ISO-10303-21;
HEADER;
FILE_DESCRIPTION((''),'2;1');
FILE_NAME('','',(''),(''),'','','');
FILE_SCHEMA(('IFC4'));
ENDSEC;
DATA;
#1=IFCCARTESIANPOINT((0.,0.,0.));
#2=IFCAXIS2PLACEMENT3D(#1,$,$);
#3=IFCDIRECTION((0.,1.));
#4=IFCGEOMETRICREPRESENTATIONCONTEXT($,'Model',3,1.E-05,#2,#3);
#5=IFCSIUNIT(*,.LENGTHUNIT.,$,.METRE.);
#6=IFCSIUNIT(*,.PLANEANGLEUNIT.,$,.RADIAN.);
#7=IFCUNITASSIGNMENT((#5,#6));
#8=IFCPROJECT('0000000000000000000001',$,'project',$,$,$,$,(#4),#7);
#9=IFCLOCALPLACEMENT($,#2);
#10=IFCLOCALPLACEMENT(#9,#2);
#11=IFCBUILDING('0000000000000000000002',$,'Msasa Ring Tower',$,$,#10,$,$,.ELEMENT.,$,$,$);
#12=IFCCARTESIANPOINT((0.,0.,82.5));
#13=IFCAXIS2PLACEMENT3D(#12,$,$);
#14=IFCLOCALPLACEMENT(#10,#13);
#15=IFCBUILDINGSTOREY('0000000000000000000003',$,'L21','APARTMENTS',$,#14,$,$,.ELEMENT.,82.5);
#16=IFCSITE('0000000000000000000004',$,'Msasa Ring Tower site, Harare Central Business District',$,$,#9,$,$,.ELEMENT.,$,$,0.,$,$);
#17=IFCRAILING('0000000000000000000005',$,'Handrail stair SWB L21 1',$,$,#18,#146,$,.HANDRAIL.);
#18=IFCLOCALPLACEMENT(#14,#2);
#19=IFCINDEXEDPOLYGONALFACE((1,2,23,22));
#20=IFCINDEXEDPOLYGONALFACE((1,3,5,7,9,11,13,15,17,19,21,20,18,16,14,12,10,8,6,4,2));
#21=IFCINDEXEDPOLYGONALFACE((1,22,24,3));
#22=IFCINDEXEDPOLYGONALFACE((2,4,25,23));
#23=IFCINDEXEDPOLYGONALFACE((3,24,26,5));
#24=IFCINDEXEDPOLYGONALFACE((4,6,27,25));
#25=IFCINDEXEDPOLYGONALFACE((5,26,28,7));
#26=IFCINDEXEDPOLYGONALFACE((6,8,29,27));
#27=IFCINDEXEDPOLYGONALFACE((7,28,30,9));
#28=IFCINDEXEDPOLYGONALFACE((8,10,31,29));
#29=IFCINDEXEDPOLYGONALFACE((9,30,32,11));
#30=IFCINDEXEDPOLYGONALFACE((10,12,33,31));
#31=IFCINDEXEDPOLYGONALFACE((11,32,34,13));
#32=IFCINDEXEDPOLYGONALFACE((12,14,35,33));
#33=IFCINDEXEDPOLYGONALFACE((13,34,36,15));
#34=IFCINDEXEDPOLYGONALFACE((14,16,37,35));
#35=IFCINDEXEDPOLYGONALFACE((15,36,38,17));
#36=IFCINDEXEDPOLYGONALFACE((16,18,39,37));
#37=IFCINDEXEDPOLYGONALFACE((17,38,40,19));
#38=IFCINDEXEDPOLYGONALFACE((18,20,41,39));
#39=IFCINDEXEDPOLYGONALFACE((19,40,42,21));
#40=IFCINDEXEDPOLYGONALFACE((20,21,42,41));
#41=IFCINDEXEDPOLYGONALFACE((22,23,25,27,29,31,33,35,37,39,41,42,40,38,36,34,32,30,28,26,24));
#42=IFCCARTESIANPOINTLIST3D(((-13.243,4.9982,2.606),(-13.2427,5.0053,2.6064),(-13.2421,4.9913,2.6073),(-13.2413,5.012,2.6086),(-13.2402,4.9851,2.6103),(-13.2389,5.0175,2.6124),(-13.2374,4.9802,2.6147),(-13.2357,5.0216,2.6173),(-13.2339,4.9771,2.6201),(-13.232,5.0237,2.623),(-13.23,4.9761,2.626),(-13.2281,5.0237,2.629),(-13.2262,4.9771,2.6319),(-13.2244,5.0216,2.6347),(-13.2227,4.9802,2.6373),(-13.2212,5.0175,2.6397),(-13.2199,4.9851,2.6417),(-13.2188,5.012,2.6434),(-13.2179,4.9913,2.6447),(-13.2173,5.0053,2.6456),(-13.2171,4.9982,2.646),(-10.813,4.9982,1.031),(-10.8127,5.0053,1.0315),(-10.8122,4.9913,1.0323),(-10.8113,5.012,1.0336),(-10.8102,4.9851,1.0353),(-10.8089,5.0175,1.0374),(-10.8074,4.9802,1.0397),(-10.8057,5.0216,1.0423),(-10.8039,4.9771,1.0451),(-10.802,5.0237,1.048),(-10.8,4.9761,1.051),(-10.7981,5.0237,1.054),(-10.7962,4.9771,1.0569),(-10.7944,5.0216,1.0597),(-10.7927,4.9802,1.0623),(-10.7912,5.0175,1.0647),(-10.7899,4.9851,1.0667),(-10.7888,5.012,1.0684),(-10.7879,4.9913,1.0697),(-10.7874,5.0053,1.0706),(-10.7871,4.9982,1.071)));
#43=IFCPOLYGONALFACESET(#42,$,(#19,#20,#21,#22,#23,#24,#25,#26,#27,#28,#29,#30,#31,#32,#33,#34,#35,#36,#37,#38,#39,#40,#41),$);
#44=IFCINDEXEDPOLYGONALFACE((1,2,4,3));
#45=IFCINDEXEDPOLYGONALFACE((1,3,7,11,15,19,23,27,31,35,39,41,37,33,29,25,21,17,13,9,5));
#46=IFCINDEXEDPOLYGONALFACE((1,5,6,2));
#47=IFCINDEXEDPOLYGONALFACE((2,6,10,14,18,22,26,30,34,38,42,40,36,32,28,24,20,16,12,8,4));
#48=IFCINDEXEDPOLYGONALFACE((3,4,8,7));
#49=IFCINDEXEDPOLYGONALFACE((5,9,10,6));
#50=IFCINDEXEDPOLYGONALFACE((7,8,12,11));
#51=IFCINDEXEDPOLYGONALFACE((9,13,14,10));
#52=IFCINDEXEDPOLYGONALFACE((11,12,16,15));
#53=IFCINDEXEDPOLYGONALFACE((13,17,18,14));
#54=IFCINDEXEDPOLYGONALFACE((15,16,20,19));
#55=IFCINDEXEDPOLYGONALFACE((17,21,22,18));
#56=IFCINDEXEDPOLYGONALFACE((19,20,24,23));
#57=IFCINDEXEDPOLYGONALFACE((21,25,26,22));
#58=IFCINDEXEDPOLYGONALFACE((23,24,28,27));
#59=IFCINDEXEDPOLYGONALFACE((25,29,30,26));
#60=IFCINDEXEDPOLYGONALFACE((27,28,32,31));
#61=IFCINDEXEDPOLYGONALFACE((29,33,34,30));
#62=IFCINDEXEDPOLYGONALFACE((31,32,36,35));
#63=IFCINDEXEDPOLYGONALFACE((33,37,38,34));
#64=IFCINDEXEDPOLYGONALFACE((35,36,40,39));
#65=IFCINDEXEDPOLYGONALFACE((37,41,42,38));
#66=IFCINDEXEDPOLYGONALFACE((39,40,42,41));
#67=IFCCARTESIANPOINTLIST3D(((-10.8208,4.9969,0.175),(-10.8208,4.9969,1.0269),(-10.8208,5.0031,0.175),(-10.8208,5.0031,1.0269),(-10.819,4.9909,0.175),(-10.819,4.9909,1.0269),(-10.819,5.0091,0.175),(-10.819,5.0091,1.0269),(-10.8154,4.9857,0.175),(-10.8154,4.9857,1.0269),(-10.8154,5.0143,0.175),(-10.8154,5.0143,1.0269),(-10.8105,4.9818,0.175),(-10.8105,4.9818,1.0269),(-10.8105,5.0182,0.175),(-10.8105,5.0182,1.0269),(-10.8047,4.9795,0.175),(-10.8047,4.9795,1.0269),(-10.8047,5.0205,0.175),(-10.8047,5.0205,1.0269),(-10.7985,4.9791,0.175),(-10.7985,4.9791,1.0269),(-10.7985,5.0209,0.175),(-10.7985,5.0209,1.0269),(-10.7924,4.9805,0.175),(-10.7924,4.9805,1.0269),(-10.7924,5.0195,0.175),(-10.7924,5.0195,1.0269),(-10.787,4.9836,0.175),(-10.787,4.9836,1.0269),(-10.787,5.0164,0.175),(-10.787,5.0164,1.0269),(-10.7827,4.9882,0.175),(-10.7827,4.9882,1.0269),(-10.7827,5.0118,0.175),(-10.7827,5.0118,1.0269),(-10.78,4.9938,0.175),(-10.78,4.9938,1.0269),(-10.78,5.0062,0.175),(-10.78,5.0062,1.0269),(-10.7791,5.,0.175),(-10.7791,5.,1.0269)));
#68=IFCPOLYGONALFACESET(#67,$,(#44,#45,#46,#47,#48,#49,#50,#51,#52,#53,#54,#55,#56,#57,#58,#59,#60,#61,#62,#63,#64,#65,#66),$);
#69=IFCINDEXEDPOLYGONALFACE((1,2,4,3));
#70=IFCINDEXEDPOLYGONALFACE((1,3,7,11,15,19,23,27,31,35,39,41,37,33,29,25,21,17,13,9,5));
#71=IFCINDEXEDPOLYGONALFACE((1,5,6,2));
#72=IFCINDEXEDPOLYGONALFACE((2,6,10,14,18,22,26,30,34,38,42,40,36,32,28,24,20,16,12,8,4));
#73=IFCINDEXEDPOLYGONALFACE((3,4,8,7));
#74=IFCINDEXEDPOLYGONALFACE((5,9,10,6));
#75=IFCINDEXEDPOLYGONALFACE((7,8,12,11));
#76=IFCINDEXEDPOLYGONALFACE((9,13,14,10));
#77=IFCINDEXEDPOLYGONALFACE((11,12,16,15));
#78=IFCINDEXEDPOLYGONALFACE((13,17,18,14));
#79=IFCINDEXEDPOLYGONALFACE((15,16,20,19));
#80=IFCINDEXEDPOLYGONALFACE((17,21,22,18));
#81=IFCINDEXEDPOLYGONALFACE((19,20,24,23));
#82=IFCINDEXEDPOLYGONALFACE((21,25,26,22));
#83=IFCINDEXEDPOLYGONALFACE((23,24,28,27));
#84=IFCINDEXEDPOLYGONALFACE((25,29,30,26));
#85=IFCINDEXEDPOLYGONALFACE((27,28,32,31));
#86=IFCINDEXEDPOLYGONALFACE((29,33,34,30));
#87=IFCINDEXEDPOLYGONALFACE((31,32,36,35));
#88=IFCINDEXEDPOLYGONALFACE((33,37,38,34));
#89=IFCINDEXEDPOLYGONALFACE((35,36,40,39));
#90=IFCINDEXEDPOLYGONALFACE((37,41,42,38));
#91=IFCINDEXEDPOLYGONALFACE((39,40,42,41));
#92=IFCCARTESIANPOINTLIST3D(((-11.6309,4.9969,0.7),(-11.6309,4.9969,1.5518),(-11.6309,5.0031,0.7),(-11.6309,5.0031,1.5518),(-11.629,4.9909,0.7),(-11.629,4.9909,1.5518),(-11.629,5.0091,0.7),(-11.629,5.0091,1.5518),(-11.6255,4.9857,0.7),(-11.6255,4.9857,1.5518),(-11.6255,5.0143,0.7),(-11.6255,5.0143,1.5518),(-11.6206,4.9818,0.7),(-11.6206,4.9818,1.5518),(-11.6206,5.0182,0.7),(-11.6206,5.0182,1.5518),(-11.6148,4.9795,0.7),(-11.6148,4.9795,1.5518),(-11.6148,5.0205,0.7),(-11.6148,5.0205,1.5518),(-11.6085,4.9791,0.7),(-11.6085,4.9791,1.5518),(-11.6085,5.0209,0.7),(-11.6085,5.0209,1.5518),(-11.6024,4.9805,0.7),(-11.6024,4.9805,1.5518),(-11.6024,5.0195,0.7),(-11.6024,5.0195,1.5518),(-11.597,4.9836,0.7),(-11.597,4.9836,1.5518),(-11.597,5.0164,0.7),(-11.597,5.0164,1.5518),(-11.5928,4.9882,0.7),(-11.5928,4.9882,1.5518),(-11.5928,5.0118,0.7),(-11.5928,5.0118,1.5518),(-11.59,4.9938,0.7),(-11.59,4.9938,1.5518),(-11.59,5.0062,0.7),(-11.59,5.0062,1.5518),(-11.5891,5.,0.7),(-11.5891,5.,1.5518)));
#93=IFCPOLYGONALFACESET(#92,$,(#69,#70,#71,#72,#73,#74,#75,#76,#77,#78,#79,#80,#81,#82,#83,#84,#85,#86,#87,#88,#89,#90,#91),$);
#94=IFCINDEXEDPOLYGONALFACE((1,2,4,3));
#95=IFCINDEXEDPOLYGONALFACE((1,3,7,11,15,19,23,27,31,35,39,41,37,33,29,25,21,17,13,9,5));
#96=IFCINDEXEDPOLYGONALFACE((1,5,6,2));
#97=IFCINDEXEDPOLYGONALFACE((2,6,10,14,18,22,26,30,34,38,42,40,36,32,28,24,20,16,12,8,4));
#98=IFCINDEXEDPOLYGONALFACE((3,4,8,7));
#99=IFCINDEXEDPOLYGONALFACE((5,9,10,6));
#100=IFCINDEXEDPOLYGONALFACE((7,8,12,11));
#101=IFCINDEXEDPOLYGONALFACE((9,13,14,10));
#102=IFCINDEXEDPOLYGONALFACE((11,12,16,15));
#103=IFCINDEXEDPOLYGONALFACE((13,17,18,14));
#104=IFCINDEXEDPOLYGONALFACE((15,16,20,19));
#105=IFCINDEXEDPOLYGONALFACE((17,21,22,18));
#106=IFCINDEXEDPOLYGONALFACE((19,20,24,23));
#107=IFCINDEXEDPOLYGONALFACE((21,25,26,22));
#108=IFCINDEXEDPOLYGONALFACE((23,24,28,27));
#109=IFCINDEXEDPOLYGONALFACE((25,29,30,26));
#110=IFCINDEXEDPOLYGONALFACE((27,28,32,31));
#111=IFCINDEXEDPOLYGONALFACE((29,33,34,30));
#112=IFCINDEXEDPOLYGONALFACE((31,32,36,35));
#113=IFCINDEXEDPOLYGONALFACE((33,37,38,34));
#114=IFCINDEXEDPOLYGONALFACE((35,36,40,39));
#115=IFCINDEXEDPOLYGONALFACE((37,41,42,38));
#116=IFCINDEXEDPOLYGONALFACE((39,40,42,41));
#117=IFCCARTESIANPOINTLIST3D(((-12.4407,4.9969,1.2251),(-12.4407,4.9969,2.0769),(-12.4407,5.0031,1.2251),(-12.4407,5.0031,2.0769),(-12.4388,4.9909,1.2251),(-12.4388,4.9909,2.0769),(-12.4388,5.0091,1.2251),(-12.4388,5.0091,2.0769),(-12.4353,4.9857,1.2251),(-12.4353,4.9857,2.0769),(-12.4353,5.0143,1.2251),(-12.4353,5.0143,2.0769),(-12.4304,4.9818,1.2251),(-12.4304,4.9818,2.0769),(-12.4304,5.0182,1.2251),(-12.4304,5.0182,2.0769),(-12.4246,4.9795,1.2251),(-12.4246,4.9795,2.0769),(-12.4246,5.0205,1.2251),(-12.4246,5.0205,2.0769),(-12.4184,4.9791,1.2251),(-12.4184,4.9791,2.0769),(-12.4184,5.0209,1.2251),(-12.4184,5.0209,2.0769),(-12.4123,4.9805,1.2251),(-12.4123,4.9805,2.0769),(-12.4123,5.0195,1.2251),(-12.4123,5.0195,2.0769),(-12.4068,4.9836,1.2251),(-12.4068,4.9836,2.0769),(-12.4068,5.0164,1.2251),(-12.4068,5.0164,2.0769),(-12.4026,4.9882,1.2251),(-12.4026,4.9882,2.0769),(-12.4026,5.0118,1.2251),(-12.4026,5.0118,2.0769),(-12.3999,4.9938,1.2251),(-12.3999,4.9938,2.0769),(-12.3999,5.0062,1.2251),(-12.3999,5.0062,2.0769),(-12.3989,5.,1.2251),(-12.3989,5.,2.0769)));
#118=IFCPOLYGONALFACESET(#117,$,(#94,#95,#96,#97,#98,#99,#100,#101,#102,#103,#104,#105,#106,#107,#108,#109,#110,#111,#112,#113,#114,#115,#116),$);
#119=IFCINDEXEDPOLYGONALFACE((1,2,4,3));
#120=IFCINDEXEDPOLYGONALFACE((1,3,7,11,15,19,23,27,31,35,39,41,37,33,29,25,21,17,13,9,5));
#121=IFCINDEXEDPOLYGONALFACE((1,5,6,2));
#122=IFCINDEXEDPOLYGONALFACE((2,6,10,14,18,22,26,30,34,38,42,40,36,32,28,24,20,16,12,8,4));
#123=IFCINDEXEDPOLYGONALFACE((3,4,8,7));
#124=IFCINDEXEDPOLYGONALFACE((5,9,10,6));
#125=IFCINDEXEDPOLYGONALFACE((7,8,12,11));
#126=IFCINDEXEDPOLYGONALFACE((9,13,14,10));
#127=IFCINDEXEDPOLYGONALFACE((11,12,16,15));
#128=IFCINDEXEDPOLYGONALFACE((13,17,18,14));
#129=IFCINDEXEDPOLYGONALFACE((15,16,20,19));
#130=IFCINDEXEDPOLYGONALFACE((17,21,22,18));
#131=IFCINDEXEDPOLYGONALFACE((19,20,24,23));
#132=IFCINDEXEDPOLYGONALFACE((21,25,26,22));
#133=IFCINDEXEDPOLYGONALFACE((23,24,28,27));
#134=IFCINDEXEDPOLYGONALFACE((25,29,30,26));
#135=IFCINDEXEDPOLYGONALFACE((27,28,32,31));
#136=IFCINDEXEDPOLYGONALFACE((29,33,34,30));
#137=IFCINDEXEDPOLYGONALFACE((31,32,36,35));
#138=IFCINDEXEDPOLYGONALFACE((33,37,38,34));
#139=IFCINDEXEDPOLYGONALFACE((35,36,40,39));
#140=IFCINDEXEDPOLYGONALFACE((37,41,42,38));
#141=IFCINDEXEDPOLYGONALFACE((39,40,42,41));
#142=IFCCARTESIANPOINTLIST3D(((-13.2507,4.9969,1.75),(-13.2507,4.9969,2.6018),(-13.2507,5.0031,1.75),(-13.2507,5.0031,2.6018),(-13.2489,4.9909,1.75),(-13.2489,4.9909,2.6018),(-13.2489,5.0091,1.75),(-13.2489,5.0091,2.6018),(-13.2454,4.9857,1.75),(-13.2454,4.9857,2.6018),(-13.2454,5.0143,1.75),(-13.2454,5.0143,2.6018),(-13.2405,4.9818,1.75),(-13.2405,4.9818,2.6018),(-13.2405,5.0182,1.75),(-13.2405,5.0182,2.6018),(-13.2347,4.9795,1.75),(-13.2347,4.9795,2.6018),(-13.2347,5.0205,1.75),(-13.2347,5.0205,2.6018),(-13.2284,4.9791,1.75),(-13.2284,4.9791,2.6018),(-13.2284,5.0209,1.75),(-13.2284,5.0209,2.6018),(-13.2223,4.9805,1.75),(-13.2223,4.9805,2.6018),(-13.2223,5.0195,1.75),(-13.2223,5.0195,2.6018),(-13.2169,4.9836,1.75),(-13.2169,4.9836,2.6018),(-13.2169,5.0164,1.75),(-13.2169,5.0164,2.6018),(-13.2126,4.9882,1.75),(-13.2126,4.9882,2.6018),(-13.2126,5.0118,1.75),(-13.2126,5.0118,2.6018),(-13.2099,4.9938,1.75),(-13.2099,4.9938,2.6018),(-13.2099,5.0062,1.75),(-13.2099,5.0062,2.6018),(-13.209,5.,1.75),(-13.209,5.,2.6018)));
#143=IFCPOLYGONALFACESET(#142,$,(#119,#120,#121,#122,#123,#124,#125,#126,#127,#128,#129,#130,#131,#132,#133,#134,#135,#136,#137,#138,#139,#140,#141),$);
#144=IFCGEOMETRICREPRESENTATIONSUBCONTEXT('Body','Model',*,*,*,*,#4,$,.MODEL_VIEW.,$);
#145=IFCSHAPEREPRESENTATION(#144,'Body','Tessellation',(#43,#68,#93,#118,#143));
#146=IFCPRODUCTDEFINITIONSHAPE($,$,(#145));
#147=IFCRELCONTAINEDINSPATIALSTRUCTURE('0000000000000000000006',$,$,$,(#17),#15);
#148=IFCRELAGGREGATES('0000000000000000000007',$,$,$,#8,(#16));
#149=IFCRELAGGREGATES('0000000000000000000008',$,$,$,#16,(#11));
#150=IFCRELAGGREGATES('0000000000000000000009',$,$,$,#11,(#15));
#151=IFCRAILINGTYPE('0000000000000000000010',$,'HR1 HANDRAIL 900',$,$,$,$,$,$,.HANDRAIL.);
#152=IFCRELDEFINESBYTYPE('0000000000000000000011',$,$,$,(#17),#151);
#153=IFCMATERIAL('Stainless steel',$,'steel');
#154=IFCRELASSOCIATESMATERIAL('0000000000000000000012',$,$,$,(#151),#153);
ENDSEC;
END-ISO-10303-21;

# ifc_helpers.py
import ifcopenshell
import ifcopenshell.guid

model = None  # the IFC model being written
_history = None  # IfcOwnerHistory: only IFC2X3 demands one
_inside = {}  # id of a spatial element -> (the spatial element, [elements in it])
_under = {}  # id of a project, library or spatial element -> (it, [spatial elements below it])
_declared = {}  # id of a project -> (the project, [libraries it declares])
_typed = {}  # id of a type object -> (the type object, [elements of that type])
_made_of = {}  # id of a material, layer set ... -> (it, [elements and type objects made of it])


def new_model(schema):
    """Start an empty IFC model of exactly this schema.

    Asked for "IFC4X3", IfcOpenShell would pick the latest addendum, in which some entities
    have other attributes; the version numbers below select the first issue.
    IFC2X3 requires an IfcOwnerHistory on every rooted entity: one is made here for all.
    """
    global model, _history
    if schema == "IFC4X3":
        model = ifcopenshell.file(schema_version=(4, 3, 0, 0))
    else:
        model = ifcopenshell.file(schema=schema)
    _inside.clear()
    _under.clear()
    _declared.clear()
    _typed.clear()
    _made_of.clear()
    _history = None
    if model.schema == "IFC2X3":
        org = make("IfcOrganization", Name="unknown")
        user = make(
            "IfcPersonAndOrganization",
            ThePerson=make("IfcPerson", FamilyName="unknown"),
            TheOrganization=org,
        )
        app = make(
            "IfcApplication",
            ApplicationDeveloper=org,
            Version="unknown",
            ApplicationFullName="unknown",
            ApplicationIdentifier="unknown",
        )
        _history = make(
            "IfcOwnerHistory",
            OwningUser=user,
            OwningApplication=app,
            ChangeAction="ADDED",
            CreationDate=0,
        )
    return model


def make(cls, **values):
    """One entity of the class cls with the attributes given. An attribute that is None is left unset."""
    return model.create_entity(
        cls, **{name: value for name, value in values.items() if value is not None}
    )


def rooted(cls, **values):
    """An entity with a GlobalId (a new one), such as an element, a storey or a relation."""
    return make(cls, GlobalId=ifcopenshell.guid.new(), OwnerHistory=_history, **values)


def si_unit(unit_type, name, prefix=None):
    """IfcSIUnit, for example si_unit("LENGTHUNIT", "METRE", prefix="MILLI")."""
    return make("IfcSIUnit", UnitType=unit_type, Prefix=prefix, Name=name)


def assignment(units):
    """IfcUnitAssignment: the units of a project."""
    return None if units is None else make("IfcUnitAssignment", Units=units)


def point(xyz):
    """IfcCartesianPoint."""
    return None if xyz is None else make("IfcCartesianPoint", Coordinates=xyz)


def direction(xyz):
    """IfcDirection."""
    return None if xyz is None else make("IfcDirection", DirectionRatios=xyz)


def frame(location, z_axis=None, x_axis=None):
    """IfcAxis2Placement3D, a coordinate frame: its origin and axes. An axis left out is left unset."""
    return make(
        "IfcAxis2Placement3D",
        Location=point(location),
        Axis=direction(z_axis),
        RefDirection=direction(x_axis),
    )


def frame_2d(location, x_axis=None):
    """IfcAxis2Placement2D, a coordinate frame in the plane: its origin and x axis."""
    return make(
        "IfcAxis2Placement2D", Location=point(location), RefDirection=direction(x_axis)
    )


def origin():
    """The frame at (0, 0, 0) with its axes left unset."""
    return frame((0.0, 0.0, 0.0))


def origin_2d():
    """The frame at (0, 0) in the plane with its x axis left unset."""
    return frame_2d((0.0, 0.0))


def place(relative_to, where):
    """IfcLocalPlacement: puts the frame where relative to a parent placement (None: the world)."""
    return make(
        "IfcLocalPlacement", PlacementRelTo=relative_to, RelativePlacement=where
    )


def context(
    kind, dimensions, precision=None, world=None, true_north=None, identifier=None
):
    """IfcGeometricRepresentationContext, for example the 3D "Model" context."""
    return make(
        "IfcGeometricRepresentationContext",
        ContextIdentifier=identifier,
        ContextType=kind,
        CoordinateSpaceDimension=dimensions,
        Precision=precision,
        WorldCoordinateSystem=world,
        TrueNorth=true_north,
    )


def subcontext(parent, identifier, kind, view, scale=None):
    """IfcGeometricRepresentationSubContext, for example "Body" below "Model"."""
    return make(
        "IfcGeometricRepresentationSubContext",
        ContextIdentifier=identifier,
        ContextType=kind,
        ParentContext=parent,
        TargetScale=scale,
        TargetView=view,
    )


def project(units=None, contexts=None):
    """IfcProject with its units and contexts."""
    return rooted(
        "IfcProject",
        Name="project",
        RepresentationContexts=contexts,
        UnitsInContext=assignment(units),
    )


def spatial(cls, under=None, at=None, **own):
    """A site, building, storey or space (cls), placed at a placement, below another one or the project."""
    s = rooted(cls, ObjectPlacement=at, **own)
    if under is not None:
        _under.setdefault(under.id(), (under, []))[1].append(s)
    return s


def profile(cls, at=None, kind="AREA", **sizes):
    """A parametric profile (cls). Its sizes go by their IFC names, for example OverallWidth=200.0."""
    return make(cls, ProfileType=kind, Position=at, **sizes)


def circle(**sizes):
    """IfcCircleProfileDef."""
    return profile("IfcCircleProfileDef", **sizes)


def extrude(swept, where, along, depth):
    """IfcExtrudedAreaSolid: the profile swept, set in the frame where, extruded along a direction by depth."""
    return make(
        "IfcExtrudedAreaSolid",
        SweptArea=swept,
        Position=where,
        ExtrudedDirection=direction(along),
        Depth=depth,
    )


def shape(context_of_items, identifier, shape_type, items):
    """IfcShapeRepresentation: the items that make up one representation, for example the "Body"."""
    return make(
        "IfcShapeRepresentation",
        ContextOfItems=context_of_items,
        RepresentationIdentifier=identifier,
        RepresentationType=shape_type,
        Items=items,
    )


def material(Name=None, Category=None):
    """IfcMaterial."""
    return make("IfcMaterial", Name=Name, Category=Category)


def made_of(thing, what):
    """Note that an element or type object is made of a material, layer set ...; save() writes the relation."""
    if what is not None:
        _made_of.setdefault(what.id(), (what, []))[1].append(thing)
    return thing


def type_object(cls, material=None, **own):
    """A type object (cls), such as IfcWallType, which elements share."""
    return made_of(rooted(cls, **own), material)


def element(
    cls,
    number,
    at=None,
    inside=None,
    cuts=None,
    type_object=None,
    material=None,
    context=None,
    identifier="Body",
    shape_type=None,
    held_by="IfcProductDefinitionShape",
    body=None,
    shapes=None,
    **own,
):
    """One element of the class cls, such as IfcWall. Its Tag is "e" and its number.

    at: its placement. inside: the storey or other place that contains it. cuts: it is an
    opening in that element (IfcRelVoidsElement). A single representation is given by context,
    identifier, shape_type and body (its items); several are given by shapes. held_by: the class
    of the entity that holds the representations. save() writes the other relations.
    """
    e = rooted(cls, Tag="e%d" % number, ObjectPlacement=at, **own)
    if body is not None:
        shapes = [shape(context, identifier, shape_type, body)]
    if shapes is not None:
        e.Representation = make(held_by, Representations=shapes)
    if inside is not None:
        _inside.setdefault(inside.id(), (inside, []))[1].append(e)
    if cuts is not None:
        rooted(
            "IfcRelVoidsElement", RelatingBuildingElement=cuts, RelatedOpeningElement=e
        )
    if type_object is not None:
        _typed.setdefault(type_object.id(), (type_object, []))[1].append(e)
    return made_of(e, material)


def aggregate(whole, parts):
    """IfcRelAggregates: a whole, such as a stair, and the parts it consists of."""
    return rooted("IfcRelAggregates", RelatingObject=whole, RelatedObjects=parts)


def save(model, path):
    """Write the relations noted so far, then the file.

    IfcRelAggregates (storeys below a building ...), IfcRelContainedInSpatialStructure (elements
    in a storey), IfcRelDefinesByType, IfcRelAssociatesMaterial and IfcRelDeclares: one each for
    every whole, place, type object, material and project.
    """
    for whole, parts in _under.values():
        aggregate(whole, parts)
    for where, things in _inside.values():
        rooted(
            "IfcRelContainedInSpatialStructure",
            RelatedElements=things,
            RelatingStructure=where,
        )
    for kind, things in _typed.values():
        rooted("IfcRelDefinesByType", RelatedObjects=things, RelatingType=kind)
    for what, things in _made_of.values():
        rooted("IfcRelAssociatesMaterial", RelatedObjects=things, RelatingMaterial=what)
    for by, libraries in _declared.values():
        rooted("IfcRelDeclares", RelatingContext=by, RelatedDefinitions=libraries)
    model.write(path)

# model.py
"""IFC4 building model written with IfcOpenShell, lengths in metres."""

from ifc_helpers import new_model, si_unit, direction, frame, origin, origin_2d, place, context, subcontext, project, spatial, circle, extrude, material, type_object, element, save


model = new_model("IFC4")

# Units and contexts
model_context = context("Model", 3, precision=1e-05, world=origin(), true_north=direction((0.0, 1.0)))
body_context = subcontext(model_context, "Body", "Model", "MODEL_VIEW")
ifc_project = project(units=[si_unit("LENGTHUNIT", "METRE"), si_unit("PLANEANGLEUNIT", "RADIAN")], contexts=[model_context])

# Site, building, storey
site_placement = place(None, origin())
site = spatial("IfcSite", under=ifc_project, at=site_placement, Name="Msasa Ring Tower site, Harare Central Business District", CompositionType="ELEMENT", RefElevation=0.0)
building_placement = place(site_placement, origin())
building = spatial("IfcBuilding", under=site, at=building_placement, Name="Msasa Ring Tower", CompositionType="ELEMENT")
storey_placement = place(building_placement, frame((0.0, 0.0, 82.5)))
storey = spatial("IfcBuildingStorey", under=building, at=storey_placement, Name="L21", Description="APARTMENTS", CompositionType="ELEMENT", Elevation=82.5)

# Railing
ifc_material_1 = material(Name="Stainless steel", Category="steel")
railing_type = type_object("IfcRailingType", Name="HR1 HANDRAIL 900", PredefinedType="HANDRAIL", material=ifc_material_1)
for number, where, name in (
    (1, (-10.8, 5.0, 0.175), "Handrail stair SWB L21 1"),
):
    element("IfcRailing", number, at=place(storey_placement, frame(where)), inside=storey, type_object=railing_type, Name=name, PredefinedType="HANDRAIL", context=body_context, shape_type="SweptSolid", body=[
        extrude(circle(Radius=0.0239, at=origin_2d()), frame((0.0, 0.0, 0.876), z_axis=(-0.839154, 0.0, 0.543894), x_axis=(0.0, -1.0, 0.0)), (0.0, 0.0, 1.0), 2.8958),
        extrude(circle(Radius=0.021, at=origin_2d()), origin(), (0.0, 0.0, 1.0), 0.8518),
        extrude(circle(Radius=0.021, at=origin_2d()), frame((-0.8101, 0.0, 0.5249)), (0.0, 0.0, 1.0), 0.8518),
        extrude(circle(Radius=0.021, at=origin_2d()), frame((-1.6199, 0.0, 1.05)), (0.0, 0.0, 1.0), 0.8518),
        extrude(circle(Radius=0.021, at=origin_2d()), frame((-2.4299, 0.0, 1.575)), (0.0, 0.0, 1.0), 0.8518),
    ])

save(model, "model.ifc")
